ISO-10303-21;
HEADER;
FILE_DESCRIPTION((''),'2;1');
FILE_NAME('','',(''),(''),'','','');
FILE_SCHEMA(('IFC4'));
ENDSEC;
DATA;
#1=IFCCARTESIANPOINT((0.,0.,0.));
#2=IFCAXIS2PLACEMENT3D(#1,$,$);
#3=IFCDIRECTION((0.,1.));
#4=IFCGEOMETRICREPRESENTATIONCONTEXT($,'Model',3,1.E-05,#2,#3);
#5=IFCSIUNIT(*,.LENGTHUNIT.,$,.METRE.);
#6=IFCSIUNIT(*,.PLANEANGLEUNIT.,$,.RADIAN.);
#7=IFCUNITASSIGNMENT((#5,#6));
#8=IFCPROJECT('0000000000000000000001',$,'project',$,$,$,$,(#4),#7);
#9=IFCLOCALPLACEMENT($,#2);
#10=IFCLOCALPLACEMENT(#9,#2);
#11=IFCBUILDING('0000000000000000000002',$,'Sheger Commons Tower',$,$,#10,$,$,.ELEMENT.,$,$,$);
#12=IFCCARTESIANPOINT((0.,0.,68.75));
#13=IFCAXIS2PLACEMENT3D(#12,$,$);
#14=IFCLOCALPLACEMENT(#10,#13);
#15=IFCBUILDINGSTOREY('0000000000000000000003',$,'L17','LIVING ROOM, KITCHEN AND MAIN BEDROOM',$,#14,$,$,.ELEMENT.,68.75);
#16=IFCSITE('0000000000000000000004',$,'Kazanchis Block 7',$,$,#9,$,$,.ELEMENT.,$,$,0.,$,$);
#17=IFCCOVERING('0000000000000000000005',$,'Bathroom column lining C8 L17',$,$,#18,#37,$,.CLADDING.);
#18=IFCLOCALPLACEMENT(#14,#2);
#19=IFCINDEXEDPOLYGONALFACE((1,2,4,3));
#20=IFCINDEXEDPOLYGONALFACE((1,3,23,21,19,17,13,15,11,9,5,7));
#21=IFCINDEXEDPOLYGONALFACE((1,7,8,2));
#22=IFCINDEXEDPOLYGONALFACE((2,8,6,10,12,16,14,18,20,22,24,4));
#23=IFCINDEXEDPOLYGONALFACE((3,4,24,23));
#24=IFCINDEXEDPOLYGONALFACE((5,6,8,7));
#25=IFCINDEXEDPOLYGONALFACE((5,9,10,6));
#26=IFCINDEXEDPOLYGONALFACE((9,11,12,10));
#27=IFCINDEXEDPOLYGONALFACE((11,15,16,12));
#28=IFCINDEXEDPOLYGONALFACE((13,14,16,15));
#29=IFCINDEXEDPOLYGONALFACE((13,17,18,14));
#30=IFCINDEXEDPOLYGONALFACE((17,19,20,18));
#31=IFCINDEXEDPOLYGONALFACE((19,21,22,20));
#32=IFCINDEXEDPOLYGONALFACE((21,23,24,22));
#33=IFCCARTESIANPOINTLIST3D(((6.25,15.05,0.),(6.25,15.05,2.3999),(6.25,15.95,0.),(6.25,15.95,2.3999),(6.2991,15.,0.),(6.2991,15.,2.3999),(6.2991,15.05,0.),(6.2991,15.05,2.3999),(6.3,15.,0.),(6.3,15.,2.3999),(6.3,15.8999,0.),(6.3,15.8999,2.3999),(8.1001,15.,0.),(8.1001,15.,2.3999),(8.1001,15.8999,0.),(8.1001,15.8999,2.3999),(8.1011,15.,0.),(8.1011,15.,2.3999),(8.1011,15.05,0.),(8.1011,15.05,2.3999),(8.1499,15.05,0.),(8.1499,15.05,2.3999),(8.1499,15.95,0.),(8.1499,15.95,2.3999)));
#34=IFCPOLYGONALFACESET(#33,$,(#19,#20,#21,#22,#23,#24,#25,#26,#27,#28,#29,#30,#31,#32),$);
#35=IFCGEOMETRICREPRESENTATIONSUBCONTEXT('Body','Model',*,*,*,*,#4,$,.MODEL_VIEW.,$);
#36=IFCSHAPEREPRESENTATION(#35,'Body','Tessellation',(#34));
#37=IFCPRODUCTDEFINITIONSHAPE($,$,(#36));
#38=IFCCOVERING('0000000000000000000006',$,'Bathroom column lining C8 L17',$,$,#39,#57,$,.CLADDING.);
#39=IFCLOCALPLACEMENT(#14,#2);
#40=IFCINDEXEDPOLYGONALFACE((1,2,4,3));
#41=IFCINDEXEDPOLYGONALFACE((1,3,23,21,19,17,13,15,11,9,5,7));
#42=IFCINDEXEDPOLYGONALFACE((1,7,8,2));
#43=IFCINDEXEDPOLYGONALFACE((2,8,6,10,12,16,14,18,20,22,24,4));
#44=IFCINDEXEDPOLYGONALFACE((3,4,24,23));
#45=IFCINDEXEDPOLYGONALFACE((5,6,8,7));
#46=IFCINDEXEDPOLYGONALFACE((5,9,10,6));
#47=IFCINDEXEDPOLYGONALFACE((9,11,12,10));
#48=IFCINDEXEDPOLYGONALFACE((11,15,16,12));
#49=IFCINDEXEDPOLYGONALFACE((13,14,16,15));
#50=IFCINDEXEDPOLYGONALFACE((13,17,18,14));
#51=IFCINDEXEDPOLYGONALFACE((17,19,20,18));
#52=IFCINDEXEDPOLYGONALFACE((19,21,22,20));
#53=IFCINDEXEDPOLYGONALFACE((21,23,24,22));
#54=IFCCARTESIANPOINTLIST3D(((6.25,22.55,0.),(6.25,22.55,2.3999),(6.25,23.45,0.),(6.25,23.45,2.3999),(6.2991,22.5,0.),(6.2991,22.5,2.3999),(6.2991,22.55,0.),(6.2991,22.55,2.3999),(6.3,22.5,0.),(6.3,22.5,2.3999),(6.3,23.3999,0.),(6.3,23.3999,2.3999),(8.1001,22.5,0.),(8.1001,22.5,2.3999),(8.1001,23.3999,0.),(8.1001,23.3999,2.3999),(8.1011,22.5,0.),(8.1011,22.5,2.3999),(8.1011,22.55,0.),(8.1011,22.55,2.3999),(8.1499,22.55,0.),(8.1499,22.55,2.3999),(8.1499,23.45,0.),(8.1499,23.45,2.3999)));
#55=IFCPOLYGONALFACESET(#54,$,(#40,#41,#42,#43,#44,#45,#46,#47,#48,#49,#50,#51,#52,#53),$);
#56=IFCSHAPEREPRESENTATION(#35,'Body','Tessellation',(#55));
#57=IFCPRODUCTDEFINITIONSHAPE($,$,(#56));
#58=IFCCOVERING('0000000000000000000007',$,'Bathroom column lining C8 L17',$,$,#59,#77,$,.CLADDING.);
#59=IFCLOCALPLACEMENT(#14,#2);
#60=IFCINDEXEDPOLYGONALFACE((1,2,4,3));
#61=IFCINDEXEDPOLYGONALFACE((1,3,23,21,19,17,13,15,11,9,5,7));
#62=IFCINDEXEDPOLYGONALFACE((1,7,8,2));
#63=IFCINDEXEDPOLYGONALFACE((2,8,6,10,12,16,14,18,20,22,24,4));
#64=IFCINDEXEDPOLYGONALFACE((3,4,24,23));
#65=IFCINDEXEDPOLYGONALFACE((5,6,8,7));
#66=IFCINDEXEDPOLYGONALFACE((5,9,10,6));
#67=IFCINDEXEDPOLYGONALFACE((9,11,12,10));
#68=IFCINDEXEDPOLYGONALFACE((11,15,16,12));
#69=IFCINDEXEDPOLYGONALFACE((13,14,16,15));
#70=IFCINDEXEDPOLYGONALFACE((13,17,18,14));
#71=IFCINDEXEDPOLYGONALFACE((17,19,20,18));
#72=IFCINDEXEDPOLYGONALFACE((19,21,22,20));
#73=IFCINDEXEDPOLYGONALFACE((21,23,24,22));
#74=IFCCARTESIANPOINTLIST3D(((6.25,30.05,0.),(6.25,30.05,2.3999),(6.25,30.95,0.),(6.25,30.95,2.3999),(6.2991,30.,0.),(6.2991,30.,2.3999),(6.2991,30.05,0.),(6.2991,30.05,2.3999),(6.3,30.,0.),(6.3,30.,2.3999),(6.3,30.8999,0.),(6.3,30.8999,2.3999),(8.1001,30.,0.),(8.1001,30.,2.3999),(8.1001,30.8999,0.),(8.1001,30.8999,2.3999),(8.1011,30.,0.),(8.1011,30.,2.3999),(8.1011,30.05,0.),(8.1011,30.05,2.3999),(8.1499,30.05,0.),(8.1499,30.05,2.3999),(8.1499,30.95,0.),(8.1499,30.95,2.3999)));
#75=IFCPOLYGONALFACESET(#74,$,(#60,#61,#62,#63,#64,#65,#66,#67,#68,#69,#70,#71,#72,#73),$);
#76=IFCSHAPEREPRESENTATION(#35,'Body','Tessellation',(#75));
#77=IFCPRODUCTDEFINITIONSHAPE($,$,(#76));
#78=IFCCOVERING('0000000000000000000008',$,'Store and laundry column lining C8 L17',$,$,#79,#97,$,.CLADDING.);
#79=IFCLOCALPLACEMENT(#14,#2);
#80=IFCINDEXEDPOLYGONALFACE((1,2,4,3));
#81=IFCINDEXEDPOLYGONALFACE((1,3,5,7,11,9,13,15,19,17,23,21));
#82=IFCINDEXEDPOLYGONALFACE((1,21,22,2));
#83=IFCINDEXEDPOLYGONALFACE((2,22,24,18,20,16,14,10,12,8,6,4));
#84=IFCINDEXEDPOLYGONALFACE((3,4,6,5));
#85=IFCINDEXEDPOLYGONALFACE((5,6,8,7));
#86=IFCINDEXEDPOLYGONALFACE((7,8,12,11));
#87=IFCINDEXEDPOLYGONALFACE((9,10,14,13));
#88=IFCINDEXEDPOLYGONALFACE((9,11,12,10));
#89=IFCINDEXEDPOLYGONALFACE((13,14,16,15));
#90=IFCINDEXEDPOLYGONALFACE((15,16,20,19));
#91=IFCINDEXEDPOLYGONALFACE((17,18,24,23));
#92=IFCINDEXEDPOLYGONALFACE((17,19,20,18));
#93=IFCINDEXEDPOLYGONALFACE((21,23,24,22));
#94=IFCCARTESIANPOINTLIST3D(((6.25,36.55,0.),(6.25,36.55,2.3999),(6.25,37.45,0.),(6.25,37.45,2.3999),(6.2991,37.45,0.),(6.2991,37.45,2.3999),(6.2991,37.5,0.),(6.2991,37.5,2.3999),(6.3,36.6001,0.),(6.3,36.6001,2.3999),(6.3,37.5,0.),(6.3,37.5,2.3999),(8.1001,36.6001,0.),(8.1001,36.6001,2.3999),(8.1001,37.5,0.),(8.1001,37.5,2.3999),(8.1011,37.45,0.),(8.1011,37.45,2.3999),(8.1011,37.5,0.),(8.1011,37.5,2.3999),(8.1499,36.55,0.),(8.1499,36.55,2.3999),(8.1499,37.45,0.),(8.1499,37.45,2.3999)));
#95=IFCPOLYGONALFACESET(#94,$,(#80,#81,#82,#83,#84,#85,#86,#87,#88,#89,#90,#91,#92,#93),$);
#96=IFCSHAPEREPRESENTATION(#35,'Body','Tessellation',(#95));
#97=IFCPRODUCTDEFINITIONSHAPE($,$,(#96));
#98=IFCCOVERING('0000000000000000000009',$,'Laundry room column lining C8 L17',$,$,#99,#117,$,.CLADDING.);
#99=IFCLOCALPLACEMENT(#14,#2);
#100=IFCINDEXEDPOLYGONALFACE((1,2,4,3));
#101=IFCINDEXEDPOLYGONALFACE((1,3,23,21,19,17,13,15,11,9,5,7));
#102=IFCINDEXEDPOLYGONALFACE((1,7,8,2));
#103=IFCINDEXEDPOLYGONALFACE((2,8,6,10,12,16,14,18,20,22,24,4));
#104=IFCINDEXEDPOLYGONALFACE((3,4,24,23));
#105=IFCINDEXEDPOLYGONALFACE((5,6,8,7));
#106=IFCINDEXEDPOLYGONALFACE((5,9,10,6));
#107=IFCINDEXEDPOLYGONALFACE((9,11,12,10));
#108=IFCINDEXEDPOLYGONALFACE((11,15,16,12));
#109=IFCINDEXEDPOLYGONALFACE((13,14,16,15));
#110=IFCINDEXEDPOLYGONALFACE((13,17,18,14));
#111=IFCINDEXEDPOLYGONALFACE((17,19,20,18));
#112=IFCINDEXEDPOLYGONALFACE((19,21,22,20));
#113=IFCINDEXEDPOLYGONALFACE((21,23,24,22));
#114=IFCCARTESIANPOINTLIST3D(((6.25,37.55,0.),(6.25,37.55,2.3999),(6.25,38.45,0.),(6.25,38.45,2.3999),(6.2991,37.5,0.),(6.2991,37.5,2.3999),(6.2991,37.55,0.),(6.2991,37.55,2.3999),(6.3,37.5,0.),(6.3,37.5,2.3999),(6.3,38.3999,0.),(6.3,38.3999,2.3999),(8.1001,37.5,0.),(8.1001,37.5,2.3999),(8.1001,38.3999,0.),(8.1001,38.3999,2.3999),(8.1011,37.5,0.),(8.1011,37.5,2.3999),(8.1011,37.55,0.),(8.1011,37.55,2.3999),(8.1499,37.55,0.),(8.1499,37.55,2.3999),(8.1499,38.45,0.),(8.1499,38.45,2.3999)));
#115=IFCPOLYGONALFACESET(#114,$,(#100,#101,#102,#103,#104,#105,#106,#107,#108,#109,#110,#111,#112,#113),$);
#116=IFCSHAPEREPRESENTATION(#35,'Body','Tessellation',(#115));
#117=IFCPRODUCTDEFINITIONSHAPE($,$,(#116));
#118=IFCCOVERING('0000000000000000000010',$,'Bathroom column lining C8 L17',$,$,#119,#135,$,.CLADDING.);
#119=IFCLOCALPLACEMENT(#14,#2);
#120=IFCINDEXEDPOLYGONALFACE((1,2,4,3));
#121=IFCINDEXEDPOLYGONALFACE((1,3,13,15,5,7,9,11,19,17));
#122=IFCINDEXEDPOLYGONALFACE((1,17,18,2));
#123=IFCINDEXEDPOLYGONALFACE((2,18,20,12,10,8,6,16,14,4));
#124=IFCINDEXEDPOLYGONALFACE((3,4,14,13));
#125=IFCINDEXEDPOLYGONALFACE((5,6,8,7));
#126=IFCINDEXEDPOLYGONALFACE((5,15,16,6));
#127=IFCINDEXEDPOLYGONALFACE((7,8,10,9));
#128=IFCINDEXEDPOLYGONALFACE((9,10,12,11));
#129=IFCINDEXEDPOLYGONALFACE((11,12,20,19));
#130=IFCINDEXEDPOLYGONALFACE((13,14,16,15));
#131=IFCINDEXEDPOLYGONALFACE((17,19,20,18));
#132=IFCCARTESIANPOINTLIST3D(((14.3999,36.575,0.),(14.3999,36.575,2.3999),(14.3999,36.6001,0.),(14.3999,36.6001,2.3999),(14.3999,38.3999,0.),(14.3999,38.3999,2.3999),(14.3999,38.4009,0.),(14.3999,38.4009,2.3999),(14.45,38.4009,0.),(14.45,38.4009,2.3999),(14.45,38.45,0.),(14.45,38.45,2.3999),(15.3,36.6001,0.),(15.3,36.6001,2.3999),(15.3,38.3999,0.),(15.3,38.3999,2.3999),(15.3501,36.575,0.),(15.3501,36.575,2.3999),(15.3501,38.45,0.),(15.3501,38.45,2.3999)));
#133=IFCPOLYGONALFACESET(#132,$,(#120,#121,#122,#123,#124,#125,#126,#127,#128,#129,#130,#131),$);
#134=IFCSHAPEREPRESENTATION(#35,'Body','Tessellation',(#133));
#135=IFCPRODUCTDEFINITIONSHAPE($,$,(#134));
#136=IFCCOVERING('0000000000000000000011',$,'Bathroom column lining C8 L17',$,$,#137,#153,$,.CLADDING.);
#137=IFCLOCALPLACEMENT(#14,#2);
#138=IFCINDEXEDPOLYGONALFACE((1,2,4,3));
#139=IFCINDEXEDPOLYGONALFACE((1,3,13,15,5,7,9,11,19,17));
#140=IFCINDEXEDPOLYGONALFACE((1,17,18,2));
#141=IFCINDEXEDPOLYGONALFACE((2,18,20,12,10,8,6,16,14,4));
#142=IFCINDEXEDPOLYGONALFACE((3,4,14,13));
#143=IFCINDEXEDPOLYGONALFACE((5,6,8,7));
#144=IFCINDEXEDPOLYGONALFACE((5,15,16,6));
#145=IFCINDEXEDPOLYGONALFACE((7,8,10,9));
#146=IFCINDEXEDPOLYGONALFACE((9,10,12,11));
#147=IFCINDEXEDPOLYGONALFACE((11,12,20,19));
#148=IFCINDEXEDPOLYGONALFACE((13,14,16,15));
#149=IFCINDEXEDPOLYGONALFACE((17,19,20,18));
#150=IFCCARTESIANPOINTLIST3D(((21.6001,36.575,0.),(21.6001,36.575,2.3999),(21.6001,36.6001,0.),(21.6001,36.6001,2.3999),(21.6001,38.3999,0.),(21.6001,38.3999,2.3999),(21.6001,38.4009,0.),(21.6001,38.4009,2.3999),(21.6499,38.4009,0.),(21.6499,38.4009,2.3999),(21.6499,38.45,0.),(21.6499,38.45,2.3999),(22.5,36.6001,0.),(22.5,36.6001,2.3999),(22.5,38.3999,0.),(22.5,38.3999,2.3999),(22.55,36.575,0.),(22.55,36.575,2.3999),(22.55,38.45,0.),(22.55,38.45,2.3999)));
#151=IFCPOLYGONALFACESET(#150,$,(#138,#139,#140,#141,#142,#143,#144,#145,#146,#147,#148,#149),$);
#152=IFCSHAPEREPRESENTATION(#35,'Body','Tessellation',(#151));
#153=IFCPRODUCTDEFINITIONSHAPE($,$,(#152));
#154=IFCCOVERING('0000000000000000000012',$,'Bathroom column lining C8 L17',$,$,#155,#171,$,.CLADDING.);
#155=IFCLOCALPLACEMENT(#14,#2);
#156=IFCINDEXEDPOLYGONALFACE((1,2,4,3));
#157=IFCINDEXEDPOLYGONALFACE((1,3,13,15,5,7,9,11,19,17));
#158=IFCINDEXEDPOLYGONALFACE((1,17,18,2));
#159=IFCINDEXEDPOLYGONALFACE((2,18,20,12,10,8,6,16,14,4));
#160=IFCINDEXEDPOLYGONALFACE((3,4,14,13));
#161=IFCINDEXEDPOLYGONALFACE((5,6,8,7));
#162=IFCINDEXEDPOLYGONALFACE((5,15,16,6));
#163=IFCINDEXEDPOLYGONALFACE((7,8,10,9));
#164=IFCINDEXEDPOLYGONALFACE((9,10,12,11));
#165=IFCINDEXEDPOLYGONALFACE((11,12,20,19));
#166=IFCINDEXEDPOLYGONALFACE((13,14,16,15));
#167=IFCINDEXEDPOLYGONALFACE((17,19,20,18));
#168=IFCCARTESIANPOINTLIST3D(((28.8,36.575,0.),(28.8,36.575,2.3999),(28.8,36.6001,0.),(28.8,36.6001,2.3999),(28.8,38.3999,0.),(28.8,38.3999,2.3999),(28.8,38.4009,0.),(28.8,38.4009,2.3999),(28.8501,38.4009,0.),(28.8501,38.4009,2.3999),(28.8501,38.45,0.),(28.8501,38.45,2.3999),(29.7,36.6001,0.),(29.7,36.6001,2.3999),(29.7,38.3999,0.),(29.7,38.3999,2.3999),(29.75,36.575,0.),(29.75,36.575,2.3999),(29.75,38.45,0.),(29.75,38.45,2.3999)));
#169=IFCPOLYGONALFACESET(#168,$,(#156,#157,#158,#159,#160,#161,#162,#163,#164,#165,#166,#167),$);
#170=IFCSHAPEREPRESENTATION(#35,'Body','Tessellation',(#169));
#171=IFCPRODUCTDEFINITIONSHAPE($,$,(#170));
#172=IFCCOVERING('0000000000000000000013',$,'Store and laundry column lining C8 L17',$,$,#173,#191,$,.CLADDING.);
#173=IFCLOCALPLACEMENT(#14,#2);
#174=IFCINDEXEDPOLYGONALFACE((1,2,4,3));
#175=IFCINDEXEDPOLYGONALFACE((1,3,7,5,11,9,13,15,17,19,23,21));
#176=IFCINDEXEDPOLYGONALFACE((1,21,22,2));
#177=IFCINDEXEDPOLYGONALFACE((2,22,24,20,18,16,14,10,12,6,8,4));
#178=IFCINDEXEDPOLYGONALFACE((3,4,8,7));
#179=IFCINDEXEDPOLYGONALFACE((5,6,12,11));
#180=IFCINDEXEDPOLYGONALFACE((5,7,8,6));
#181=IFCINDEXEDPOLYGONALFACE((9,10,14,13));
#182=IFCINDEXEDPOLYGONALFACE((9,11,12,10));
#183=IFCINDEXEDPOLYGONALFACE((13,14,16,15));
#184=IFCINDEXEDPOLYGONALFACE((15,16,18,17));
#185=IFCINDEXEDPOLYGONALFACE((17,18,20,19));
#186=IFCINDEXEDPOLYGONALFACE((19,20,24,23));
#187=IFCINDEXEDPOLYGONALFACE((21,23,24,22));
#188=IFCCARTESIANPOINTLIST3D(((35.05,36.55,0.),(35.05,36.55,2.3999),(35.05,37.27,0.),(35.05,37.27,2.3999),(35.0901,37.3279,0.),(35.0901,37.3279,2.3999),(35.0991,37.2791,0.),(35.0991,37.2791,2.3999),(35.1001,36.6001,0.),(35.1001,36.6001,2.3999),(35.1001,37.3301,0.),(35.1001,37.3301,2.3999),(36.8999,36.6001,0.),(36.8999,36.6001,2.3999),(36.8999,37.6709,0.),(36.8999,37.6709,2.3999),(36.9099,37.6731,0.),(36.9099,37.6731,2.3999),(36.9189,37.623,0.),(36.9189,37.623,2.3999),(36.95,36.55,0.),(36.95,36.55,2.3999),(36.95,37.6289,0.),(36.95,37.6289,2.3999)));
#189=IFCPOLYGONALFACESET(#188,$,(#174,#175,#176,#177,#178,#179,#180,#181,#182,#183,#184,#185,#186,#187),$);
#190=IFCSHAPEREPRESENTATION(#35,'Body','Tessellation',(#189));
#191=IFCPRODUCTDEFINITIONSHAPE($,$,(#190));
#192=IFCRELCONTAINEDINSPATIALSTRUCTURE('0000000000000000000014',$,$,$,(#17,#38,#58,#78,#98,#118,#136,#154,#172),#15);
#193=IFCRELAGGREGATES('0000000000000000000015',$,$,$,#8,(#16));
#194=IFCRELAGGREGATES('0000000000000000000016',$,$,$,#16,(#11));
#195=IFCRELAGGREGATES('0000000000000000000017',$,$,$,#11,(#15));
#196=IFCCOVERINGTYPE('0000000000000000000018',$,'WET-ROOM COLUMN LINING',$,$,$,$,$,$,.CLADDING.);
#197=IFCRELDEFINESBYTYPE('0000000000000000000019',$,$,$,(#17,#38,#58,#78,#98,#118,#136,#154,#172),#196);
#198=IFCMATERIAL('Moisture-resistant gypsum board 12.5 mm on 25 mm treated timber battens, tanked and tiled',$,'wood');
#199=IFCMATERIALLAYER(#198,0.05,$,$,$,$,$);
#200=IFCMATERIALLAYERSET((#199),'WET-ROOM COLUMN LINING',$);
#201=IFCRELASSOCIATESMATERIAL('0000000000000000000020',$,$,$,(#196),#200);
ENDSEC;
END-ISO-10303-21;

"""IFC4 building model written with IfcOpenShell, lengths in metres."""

from ifc_helpers import new_model, si_unit, direction, frame, origin, place, context, subcontext, project, spatial, polyline, outline, extrude, material, layer, layer_set, type_object, element, save


model = new_model("IFC4")

# Units and contexts
model_context = context("Model", 3, precision=1e-05, world=origin(), true_north=direction((0.0, 1.0)))
body_context = subcontext(model_context, "Body", "Model", "MODEL_VIEW")
ifc_project = project(units=[si_unit("LENGTHUNIT", "METRE"), si_unit("PLANEANGLEUNIT", "RADIAN")], contexts=[model_context])

# Site, building, storey
site_placement = place(None, origin())
site = spatial("IfcSite", under=ifc_project, at=site_placement, Name="Kazanchis Block 7", CompositionType="ELEMENT", RefElevation=0.0)
building_placement = place(site_placement, origin())
building = spatial("IfcBuilding", under=site, at=building_placement, Name="Sheger Commons Tower", CompositionType="ELEMENT")
storey_placement = place(building_placement, frame((0.0, 0.0, 68.75)))
storey = spatial("IfcBuildingStorey", under=building, at=storey_placement, Name="L17", Description="LIVING ROOM, KITCHEN AND MAIN BEDROOM", CompositionType="ELEMENT", Elevation=68.75)

# Coverings
ifc_material_1 = material(Name="Moisture-resistant gypsum board 12.5 mm on 25 mm treated timber battens, tanked and tiled", Category="wood")
ifc_layer_1 = layer(ifc_material_1, 0.05)
ifc_layer_set_1 = layer_set([ifc_layer_1], Name="WET-ROOM COLUMN LINING")
covering_type_1 = type_object("IfcCoveringType", Name="WET-ROOM COLUMN LINING", PredefinedType="CLADDING", material=ifc_layer_set_1)
covering_1_placement = place(storey_placement, origin())
element("IfcCovering", 1, at=covering_1_placement, inside=storey, type_object=covering_type_1, Name="Bathroom column lining C8 L17", PredefinedType="CLADDING", context=body_context, shape_type="SweptSolid", body=[
    extrude(outline(polyline([(8.1499, 15.95), (8.1499, 15.05), (8.1011, 15.05), (8.1011, 15.0), (8.1001, 15.0), (8.1001, 15.8999), (6.3, 15.8999), (6.3, 15.0), (6.2991, 15.0), (6.2991, 15.05), (6.25, 15.05), (6.25, 15.95), (8.1499, 15.95)])), origin(), (0.0, 0.0, 1.0), 2.3999),
])
covering_2_placement = place(storey_placement, origin())
element("IfcCovering", 2, at=covering_2_placement, inside=storey, type_object=covering_type_1, Name="Bathroom column lining C8 L17", PredefinedType="CLADDING", context=body_context, shape_type="SweptSolid", body=[
    extrude(outline(polyline([(8.1499, 23.45), (8.1499, 22.55), (8.1011, 22.55), (8.1011, 22.5), (8.1001, 22.5), (8.1001, 23.3999), (6.3, 23.3999), (6.3, 22.5), (6.2991, 22.5), (6.2991, 22.55), (6.25, 22.55), (6.25, 23.45), (8.1499, 23.45)])), origin(), (0.0, 0.0, 1.0), 2.3999),
])
covering_3_placement = place(storey_placement, origin())
element("IfcCovering", 3, at=covering_3_placement, inside=storey, type_object=covering_type_1, Name="Bathroom column lining C8 L17", PredefinedType="CLADDING", context=body_context, shape_type="SweptSolid", body=[
    extrude(outline(polyline([(8.1499, 30.95), (8.1499, 30.05), (8.1011, 30.05), (8.1011, 30.0), (8.1001, 30.0), (8.1001, 30.8999), (6.3, 30.8999), (6.3, 30.0), (6.2991, 30.0), (6.2991, 30.05), (6.25, 30.05), (6.25, 30.95), (8.1499, 30.95)])), origin(), (0.0, 0.0, 1.0), 2.3999),
])
covering_4_placement = place(storey_placement, origin())
element("IfcCovering", 4, at=covering_4_placement, inside=storey, type_object=covering_type_1, Name="Store and laundry column lining C8 L17", PredefinedType="CLADDING", context=body_context, shape_type="SweptSolid", body=[
    extrude(outline(polyline([(6.3, 37.5), (6.3, 36.6001), (8.1001, 36.6001), (8.1001, 37.5), (8.1011, 37.5), (8.1011, 37.45), (8.1499, 37.45), (8.1499, 36.55), (6.25, 36.55), (6.25, 37.45), (6.2991, 37.45), (6.2991, 37.5), (6.3, 37.5)])), origin(), (0.0, 0.0, 1.0), 2.3999),
])
covering_5_placement = place(storey_placement, origin())
element("IfcCovering", 5, at=covering_5_placement, inside=storey, type_object=covering_type_1, Name="Laundry room column lining C8 L17", PredefinedType="CLADDING", context=body_context, shape_type="SweptSolid", body=[
    extrude(outline(polyline([(8.1499, 38.45), (8.1499, 37.55), (8.1011, 37.55), (8.1011, 37.5), (8.1001, 37.5), (8.1001, 38.3999), (6.3, 38.3999), (6.3, 37.5), (6.2991, 37.5), (6.2991, 37.55), (6.25, 37.55), (6.25, 38.45), (8.1499, 38.45)])), origin(), (0.0, 0.0, 1.0), 2.3999),
])
covering_6_placement = place(storey_placement, origin())
element("IfcCovering", 6, at=covering_6_placement, inside=storey, type_object=covering_type_1, Name="Bathroom column lining C8 L17", PredefinedType="CLADDING", context=body_context, shape_type="SweptSolid", body=[
    extrude(outline(polyline([(15.3501, 36.575), (14.3999, 36.575), (14.3999, 36.6001), (15.3, 36.6001), (15.3, 38.3999), (14.3999, 38.3999), (14.3999, 38.4009), (14.45, 38.4009), (14.45, 38.45), (15.3501, 38.45), (15.3501, 36.575)])), origin(), (0.0, 0.0, 1.0), 2.3999),
])
covering_7_placement = place(storey_placement, origin())
element("IfcCovering", 7, at=covering_7_placement, inside=storey, type_object=covering_type_1, Name="Bathroom column lining C8 L17", PredefinedType="CLADDING", context=body_context, shape_type="SweptSolid", body=[
    extrude(outline(polyline([(22.55, 36.575), (21.6001, 36.575), (21.6001, 36.6001), (22.5, 36.6001), (22.5, 38.3999), (21.6001, 38.3999), (21.6001, 38.4009), (21.6499, 38.4009), (21.6499, 38.45), (22.55, 38.45), (22.55, 36.575)])), origin(), (0.0, 0.0, 1.0), 2.3999),
])
covering_8_placement = place(storey_placement, origin())
element("IfcCovering", 8, at=covering_8_placement, inside=storey, type_object=covering_type_1, Name="Bathroom column lining C8 L17", PredefinedType="CLADDING", context=body_context, shape_type="SweptSolid", body=[
    extrude(outline(polyline([(29.75, 36.575), (28.8, 36.575), (28.8, 36.6001), (29.7, 36.6001), (29.7, 38.3999), (28.8, 38.3999), (28.8, 38.4009), (28.8501, 38.4009), (28.8501, 38.45), (29.75, 38.45), (29.75, 36.575)])), origin(), (0.0, 0.0, 1.0), 2.3999),
])
covering_9_placement = place(storey_placement, origin())
element("IfcCovering", 9, at=covering_9_placement, inside=storey, type_object=covering_type_1, Name="Store and laundry column lining C8 L17", PredefinedType="CLADDING", context=body_context, shape_type="SweptSolid", body=[
    extrude(outline(polyline([(35.1001, 37.3301), (35.1001, 36.6001), (36.8999, 36.6001), (36.8999, 37.6709), (36.9099, 37.6731), (36.9189, 37.623), (36.95, 37.6289), (36.95, 36.55), (35.05, 36.55), (35.05, 37.27), (35.0991, 37.2791), (35.0901, 37.3279), (35.1001, 37.3301)])), origin(), (0.0, 0.0, 1.0), 2.3999),
])

save(model, "model.ifc")
